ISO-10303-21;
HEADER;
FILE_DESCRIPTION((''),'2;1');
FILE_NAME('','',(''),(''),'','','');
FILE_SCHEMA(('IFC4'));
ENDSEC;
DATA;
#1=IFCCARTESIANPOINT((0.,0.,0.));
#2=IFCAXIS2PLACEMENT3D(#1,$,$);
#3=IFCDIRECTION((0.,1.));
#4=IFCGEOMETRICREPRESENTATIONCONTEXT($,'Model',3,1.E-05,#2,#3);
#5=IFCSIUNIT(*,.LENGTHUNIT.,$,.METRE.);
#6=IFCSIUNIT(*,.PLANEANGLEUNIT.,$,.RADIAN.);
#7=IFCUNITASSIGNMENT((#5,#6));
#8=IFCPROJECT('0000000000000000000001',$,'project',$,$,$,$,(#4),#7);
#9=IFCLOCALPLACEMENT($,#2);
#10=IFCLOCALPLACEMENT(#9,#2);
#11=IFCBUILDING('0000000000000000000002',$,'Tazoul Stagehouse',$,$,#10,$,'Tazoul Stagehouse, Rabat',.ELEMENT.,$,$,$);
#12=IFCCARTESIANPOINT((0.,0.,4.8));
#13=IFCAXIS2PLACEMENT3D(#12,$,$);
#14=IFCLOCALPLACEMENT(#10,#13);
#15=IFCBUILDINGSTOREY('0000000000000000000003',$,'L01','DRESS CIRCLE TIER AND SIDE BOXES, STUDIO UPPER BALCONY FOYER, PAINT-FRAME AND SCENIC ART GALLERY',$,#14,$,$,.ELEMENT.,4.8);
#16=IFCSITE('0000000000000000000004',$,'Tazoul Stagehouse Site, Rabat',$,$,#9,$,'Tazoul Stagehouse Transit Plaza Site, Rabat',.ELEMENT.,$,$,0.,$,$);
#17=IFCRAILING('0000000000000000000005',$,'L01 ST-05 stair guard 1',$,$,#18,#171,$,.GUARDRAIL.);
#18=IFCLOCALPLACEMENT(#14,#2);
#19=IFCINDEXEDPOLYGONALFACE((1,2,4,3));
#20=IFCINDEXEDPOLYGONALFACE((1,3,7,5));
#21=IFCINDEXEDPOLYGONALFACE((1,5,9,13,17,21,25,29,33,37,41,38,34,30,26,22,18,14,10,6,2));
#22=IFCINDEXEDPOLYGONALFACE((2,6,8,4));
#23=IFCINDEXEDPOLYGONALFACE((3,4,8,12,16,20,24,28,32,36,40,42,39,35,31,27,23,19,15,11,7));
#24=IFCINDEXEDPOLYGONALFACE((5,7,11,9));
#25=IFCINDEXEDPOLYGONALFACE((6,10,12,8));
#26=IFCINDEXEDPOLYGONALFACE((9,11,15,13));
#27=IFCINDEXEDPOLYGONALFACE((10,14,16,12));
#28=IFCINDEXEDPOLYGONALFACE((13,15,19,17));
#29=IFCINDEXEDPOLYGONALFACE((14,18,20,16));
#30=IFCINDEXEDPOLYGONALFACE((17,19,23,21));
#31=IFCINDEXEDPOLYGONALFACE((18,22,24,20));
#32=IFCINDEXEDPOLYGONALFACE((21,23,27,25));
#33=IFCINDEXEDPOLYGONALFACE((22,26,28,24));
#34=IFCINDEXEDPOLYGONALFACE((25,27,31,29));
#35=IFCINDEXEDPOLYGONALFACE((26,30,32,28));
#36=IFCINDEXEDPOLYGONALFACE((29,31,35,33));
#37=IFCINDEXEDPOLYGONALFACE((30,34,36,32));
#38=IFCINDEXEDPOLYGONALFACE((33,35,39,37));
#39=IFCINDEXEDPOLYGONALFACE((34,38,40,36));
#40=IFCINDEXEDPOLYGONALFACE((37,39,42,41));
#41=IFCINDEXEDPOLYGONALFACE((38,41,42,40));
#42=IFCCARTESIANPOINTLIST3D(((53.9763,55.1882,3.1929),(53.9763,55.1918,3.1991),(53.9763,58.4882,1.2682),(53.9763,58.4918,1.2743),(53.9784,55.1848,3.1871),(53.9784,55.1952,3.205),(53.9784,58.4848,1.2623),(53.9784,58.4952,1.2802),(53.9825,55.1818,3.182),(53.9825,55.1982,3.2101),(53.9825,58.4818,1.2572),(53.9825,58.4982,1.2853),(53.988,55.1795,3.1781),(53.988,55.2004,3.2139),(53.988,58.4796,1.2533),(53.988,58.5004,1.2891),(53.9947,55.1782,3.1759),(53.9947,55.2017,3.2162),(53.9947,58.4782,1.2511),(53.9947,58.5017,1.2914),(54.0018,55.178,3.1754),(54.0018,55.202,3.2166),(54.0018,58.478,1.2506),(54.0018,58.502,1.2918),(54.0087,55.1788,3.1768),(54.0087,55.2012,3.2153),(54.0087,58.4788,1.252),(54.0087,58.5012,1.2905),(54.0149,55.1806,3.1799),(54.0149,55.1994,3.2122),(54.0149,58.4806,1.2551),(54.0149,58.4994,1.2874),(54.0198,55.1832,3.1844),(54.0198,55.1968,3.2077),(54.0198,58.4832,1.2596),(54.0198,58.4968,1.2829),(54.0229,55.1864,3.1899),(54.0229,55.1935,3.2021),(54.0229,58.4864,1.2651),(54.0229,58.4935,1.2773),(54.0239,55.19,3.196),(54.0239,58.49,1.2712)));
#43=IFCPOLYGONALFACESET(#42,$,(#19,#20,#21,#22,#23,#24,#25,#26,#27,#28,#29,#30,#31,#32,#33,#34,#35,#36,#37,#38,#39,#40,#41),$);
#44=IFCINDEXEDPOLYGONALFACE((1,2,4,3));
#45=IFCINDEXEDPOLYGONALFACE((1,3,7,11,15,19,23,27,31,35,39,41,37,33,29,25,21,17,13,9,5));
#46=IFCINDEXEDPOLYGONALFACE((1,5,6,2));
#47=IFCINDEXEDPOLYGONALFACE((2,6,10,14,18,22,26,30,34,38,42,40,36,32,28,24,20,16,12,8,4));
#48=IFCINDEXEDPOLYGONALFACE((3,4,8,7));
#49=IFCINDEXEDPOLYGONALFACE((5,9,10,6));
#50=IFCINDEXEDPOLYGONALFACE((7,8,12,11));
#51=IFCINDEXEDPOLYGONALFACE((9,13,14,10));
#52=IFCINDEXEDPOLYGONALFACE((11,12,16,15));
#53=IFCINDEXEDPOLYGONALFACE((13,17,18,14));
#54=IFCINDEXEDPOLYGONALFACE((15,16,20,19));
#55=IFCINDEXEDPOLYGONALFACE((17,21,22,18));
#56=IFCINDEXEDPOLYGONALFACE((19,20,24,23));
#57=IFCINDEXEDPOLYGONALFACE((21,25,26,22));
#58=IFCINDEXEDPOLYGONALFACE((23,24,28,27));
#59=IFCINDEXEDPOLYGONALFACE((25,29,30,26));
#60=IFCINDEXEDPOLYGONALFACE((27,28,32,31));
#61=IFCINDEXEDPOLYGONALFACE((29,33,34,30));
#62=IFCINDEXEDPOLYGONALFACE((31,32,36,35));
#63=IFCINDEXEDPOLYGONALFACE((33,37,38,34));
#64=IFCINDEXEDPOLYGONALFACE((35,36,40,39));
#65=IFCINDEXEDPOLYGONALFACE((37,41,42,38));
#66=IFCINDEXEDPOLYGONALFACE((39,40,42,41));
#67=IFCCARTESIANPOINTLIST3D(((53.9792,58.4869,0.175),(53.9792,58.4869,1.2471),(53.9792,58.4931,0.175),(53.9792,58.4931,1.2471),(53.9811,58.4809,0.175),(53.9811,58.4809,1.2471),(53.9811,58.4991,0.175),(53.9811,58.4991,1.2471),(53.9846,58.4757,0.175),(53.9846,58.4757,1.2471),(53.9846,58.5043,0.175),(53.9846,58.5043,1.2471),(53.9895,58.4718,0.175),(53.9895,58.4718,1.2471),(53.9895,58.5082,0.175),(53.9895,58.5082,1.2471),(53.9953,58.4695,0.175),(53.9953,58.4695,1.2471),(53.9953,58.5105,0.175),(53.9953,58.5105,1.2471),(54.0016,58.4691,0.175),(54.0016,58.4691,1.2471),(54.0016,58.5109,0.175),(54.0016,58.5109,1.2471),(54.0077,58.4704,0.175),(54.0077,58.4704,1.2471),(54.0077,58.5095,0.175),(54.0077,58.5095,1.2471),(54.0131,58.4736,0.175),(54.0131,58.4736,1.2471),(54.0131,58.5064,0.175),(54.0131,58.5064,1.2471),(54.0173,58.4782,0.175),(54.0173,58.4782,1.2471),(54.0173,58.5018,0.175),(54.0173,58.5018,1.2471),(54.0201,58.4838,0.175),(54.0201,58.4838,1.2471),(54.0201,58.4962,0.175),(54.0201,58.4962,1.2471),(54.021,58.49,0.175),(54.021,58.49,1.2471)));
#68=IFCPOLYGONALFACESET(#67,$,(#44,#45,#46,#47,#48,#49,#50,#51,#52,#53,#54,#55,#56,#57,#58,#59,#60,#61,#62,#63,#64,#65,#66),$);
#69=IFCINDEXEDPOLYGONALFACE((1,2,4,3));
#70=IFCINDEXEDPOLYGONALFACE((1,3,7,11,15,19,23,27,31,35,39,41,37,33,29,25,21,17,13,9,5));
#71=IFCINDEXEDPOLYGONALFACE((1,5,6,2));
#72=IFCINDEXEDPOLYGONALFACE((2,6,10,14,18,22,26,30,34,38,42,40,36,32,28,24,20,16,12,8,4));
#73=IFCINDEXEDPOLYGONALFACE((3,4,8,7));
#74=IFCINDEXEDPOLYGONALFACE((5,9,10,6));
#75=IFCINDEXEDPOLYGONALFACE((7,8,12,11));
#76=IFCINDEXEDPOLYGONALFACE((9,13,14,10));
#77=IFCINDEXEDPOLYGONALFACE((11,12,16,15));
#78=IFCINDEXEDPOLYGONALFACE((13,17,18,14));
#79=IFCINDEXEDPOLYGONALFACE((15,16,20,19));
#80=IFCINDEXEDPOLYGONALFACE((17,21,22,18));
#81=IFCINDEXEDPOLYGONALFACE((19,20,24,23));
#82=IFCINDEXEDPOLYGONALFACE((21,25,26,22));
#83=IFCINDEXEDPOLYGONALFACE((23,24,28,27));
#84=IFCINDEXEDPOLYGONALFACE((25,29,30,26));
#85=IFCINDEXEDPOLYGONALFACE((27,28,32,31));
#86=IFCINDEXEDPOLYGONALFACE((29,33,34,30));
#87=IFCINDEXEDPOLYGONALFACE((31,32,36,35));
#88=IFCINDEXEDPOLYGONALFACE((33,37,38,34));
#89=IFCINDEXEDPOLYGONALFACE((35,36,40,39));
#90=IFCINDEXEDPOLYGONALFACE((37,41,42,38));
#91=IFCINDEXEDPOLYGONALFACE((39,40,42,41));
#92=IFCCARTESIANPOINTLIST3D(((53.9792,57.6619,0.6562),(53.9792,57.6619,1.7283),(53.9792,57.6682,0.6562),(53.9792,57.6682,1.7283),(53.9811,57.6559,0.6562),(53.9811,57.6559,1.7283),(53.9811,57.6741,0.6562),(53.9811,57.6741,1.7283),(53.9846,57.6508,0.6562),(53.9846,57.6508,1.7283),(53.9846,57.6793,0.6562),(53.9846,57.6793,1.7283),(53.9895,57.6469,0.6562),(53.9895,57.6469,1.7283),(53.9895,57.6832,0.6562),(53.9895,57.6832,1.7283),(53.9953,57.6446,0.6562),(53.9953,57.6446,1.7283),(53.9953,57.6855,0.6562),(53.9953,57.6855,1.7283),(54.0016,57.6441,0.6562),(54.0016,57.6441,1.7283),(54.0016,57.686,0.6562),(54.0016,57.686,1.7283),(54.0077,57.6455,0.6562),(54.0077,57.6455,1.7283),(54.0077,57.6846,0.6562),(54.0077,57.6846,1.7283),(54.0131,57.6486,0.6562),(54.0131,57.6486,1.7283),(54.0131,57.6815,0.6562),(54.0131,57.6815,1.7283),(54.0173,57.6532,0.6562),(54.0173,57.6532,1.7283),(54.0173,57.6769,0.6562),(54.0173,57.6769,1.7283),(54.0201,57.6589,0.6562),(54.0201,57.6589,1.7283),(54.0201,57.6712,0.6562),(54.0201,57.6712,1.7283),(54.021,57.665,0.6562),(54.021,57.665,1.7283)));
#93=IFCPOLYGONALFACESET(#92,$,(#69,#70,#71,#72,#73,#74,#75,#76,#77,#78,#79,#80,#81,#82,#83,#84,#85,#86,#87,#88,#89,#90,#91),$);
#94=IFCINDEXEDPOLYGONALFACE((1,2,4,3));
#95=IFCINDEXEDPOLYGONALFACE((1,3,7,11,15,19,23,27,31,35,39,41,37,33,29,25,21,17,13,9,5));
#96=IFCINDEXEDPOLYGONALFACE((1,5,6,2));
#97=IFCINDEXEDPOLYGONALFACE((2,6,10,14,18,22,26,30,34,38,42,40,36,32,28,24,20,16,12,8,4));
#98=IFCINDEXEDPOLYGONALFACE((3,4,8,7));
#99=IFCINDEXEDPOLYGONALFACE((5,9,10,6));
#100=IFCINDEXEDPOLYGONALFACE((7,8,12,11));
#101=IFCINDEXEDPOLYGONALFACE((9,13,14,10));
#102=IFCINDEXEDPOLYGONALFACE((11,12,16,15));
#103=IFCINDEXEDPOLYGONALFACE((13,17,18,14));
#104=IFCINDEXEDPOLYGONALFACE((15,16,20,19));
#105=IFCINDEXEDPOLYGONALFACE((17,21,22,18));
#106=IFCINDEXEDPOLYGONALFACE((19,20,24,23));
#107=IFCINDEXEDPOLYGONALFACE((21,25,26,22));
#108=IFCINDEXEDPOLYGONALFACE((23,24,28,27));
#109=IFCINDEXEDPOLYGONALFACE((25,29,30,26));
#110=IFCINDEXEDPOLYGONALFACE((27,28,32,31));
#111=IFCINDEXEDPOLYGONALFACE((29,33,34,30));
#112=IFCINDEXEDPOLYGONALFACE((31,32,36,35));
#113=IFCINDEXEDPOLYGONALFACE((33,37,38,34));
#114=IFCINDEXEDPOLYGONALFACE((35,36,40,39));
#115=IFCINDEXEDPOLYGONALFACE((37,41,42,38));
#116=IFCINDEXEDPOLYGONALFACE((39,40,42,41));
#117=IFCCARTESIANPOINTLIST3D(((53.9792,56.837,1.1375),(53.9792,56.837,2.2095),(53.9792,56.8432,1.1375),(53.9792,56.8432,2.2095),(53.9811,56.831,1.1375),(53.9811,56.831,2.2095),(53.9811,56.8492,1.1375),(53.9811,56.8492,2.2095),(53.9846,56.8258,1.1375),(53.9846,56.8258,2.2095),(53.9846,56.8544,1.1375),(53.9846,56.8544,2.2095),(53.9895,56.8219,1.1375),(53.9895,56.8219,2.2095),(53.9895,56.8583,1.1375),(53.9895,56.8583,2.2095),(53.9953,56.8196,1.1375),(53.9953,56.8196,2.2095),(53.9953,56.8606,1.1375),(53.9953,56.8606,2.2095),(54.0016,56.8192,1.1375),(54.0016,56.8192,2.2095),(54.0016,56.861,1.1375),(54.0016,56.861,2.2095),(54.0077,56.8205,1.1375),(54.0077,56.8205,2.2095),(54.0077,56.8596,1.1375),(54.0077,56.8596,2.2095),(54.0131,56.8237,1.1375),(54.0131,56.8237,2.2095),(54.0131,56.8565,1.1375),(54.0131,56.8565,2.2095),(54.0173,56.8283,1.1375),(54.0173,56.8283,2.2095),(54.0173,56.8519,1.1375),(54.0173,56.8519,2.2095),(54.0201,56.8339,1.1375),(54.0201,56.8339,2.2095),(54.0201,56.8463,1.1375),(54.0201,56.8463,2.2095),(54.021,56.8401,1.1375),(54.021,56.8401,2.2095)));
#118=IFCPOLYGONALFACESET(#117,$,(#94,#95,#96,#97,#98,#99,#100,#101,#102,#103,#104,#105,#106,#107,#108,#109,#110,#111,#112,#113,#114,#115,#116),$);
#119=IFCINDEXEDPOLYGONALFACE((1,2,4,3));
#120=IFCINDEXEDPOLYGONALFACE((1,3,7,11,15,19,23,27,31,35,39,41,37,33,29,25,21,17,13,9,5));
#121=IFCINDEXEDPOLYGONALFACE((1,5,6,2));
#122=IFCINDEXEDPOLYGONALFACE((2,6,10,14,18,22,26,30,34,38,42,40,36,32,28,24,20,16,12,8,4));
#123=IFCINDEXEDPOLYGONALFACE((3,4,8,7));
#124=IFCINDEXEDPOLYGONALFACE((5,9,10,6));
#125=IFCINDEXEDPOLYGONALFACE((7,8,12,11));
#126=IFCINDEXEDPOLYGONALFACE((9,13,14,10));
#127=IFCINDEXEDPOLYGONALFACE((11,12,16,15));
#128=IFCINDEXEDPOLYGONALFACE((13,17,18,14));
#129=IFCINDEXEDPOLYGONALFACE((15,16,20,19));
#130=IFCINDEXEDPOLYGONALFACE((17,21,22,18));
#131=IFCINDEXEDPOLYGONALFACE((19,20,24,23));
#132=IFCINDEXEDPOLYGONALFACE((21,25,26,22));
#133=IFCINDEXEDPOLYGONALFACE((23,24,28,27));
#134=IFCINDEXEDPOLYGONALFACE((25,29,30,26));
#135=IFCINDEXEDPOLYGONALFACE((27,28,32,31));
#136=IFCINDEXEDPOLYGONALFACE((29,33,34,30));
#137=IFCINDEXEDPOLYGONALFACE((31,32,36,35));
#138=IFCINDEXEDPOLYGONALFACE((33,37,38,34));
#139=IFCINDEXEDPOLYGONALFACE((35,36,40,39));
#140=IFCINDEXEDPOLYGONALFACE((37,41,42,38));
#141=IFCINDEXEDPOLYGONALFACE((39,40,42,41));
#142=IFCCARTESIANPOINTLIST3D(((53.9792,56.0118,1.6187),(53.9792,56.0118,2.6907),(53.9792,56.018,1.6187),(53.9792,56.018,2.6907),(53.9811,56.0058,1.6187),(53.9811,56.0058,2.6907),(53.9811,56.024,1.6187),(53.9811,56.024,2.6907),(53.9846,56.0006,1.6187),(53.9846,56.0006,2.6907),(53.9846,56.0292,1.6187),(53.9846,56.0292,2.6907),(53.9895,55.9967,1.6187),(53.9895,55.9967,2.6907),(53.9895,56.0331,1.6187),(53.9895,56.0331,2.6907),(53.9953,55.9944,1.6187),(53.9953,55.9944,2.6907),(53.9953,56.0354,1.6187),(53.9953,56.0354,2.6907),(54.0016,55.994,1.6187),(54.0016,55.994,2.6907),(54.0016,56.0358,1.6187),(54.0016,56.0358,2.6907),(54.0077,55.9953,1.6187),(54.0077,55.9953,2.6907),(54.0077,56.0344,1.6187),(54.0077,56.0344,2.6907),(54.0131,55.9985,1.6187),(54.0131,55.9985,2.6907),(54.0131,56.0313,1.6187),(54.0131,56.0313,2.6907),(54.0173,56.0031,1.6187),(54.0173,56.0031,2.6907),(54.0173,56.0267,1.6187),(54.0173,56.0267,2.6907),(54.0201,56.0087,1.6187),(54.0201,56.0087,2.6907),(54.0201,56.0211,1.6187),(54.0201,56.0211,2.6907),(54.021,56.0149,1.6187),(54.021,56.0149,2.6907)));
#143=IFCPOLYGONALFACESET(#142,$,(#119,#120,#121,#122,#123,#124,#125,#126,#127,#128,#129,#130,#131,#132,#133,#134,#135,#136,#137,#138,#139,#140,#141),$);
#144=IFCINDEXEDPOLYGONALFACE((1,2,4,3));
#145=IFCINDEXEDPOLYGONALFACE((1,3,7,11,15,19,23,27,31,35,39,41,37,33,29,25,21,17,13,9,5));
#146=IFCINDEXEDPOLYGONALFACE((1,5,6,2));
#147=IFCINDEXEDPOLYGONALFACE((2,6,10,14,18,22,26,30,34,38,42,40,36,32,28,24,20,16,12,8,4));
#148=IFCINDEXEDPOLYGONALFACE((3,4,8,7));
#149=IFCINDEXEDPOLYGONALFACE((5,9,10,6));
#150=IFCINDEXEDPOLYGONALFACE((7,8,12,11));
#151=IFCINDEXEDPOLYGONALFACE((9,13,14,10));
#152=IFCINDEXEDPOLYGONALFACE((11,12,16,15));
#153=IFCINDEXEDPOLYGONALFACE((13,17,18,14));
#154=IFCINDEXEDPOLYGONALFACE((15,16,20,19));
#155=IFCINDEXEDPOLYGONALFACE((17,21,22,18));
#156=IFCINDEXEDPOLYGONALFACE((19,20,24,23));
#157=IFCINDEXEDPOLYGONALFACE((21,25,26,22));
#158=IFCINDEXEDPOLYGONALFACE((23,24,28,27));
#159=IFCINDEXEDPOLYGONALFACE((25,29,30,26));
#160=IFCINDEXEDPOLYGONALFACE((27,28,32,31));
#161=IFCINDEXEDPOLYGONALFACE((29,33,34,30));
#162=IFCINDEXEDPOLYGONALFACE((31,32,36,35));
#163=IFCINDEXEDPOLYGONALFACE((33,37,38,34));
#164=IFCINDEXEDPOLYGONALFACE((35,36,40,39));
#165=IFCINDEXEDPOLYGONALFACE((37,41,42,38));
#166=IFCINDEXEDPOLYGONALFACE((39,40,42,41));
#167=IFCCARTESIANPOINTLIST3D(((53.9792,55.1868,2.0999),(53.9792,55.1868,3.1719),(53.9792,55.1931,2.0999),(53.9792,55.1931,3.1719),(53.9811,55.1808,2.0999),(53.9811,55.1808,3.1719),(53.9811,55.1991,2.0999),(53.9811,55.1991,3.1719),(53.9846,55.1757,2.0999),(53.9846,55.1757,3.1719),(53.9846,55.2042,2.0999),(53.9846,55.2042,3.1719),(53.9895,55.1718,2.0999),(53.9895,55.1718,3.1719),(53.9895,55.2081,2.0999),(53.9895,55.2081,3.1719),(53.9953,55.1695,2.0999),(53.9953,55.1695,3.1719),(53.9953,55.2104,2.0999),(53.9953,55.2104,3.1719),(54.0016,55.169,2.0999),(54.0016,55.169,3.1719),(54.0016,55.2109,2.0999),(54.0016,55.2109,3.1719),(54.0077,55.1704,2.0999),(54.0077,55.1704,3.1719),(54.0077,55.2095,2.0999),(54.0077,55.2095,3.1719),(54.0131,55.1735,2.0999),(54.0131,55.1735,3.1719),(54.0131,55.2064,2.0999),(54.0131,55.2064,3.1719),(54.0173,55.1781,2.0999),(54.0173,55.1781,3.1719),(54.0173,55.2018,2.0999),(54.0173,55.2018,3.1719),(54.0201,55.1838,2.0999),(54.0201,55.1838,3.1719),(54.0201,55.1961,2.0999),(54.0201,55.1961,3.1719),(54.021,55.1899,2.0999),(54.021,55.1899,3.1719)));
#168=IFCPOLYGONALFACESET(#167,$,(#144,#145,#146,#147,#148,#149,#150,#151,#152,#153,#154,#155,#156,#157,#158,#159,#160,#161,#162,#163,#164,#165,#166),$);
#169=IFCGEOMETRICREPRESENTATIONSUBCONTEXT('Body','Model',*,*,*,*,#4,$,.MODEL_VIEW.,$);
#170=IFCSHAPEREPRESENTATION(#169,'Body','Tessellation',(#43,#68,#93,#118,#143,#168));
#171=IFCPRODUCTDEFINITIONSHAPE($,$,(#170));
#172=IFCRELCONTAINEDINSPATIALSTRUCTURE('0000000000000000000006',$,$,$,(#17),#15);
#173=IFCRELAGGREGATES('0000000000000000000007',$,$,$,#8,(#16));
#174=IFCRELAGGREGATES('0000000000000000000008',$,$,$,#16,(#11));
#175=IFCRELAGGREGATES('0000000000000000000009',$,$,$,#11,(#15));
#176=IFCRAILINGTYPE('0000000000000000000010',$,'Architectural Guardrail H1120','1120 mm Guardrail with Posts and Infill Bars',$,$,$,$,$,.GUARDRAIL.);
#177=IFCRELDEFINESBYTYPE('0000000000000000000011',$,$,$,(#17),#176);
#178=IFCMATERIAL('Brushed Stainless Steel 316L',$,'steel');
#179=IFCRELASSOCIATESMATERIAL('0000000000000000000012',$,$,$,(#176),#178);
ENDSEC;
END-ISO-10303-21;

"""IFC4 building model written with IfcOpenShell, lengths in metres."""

from ifc_helpers import new_model, si_unit, direction, frame, origin, origin_2d, place, context, subcontext, project, spatial, circle, extrude, material, material_profile, profile_set, type_object, element, save


model = new_model("IFC4")

# Units and contexts
model_context = context("Model", 3, precision=1e-05, world=origin(), true_north=direction((0.0, 1.0)))
body_context = subcontext(model_context, "Body", "Model", "MODEL_VIEW")
ifc_project = project(units=[si_unit("LENGTHUNIT", "METRE"), si_unit("PLANEANGLEUNIT", "RADIAN")], contexts=[model_context])

# Site, building, storey
site_placement = place(None, origin())
site = spatial("IfcSite", under=ifc_project, at=site_placement, Name="Tazoul Stagehouse Site, Rabat", LongName="Tazoul Stagehouse Transit Plaza Site, Rabat", CompositionType="ELEMENT", RefElevation=0.0)
building_placement = place(site_placement, origin())
building = spatial("IfcBuilding", under=site, at=building_placement, Name="Tazoul Stagehouse", LongName="Tazoul Stagehouse, Rabat", CompositionType="ELEMENT")
storey_placement = place(building_placement, frame((0.0, 0.0, 4.8)))
storey = spatial("IfcBuildingStorey", under=building, at=storey_placement, Name="L01", Description="DRESS CIRCLE TIER AND SIDE BOXES, STUDIO UPPER BALCONY FOYER, PAINT-FRAME AND SCENIC ART GALLERY", CompositionType="ELEMENT", Elevation=4.8)

# Railing
ifc_material_1 = material(Name="Brushed Stainless Steel 316L", Category="steel")
ifc_material_profile_1 = material_profile(ifc_material_1, circle(Radius=0.0239, at=origin_2d()), Name="SS RAIL D48")
ifc_profile_set_1 = profile_set([ifc_material_profile_1], Name="Brushed Stainless Steel 316L")
railing_type_1 = type_object("IfcRailingType", Name="Architectural Guardrail H1120", Description="1120 mm Guardrail with Posts and Infill Bars", PredefinedType="GUARDRAIL", material=ifc_profile_set_1)
railing_1_placement = place(storey_placement, frame((54.0, 58.49, 0.175)))
element("IfcRailing", 1, at=railing_1_placement, inside=storey, type_object=railing_type_1, Name="L01 ST-05 stair guard 1", PredefinedType="GUARDRAIL", context=body_context, shape_type="SweptSolid", body=[
    extrude(circle(Radius=0.0239, at=origin_2d()), frame((0.0, 0.0, 1.0962), z_axis=(0.0, -0.863804, 0.503827), x_axis=(1.0, 0.0, 0.0)), (0.0, 0.0, 1.0), 3.8203),
    extrude(circle(Radius=0.021, at=origin_2d()), origin(), (0.0, 0.0, 1.0), 1.072),
    extrude(circle(Radius=0.021, at=origin_2d()), frame((0.0, -0.825, 0.4812)), (0.0, 0.0, 1.0), 1.072),
    extrude(circle(Radius=0.021, at=origin_2d()), frame((0.0, -1.6499, 0.9624)), (0.0, 0.0, 1.0), 1.072),
    extrude(circle(Radius=0.021, at=origin_2d()), frame((0.0, -2.4751, 1.4436)), (0.0, 0.0, 1.0), 1.072),
    extrude(circle(Radius=0.021, at=origin_2d()), frame((0.0, -3.3, 1.9248)), (0.0, 0.0, 1.0), 1.072),
])

save(model, "model.ifc")
